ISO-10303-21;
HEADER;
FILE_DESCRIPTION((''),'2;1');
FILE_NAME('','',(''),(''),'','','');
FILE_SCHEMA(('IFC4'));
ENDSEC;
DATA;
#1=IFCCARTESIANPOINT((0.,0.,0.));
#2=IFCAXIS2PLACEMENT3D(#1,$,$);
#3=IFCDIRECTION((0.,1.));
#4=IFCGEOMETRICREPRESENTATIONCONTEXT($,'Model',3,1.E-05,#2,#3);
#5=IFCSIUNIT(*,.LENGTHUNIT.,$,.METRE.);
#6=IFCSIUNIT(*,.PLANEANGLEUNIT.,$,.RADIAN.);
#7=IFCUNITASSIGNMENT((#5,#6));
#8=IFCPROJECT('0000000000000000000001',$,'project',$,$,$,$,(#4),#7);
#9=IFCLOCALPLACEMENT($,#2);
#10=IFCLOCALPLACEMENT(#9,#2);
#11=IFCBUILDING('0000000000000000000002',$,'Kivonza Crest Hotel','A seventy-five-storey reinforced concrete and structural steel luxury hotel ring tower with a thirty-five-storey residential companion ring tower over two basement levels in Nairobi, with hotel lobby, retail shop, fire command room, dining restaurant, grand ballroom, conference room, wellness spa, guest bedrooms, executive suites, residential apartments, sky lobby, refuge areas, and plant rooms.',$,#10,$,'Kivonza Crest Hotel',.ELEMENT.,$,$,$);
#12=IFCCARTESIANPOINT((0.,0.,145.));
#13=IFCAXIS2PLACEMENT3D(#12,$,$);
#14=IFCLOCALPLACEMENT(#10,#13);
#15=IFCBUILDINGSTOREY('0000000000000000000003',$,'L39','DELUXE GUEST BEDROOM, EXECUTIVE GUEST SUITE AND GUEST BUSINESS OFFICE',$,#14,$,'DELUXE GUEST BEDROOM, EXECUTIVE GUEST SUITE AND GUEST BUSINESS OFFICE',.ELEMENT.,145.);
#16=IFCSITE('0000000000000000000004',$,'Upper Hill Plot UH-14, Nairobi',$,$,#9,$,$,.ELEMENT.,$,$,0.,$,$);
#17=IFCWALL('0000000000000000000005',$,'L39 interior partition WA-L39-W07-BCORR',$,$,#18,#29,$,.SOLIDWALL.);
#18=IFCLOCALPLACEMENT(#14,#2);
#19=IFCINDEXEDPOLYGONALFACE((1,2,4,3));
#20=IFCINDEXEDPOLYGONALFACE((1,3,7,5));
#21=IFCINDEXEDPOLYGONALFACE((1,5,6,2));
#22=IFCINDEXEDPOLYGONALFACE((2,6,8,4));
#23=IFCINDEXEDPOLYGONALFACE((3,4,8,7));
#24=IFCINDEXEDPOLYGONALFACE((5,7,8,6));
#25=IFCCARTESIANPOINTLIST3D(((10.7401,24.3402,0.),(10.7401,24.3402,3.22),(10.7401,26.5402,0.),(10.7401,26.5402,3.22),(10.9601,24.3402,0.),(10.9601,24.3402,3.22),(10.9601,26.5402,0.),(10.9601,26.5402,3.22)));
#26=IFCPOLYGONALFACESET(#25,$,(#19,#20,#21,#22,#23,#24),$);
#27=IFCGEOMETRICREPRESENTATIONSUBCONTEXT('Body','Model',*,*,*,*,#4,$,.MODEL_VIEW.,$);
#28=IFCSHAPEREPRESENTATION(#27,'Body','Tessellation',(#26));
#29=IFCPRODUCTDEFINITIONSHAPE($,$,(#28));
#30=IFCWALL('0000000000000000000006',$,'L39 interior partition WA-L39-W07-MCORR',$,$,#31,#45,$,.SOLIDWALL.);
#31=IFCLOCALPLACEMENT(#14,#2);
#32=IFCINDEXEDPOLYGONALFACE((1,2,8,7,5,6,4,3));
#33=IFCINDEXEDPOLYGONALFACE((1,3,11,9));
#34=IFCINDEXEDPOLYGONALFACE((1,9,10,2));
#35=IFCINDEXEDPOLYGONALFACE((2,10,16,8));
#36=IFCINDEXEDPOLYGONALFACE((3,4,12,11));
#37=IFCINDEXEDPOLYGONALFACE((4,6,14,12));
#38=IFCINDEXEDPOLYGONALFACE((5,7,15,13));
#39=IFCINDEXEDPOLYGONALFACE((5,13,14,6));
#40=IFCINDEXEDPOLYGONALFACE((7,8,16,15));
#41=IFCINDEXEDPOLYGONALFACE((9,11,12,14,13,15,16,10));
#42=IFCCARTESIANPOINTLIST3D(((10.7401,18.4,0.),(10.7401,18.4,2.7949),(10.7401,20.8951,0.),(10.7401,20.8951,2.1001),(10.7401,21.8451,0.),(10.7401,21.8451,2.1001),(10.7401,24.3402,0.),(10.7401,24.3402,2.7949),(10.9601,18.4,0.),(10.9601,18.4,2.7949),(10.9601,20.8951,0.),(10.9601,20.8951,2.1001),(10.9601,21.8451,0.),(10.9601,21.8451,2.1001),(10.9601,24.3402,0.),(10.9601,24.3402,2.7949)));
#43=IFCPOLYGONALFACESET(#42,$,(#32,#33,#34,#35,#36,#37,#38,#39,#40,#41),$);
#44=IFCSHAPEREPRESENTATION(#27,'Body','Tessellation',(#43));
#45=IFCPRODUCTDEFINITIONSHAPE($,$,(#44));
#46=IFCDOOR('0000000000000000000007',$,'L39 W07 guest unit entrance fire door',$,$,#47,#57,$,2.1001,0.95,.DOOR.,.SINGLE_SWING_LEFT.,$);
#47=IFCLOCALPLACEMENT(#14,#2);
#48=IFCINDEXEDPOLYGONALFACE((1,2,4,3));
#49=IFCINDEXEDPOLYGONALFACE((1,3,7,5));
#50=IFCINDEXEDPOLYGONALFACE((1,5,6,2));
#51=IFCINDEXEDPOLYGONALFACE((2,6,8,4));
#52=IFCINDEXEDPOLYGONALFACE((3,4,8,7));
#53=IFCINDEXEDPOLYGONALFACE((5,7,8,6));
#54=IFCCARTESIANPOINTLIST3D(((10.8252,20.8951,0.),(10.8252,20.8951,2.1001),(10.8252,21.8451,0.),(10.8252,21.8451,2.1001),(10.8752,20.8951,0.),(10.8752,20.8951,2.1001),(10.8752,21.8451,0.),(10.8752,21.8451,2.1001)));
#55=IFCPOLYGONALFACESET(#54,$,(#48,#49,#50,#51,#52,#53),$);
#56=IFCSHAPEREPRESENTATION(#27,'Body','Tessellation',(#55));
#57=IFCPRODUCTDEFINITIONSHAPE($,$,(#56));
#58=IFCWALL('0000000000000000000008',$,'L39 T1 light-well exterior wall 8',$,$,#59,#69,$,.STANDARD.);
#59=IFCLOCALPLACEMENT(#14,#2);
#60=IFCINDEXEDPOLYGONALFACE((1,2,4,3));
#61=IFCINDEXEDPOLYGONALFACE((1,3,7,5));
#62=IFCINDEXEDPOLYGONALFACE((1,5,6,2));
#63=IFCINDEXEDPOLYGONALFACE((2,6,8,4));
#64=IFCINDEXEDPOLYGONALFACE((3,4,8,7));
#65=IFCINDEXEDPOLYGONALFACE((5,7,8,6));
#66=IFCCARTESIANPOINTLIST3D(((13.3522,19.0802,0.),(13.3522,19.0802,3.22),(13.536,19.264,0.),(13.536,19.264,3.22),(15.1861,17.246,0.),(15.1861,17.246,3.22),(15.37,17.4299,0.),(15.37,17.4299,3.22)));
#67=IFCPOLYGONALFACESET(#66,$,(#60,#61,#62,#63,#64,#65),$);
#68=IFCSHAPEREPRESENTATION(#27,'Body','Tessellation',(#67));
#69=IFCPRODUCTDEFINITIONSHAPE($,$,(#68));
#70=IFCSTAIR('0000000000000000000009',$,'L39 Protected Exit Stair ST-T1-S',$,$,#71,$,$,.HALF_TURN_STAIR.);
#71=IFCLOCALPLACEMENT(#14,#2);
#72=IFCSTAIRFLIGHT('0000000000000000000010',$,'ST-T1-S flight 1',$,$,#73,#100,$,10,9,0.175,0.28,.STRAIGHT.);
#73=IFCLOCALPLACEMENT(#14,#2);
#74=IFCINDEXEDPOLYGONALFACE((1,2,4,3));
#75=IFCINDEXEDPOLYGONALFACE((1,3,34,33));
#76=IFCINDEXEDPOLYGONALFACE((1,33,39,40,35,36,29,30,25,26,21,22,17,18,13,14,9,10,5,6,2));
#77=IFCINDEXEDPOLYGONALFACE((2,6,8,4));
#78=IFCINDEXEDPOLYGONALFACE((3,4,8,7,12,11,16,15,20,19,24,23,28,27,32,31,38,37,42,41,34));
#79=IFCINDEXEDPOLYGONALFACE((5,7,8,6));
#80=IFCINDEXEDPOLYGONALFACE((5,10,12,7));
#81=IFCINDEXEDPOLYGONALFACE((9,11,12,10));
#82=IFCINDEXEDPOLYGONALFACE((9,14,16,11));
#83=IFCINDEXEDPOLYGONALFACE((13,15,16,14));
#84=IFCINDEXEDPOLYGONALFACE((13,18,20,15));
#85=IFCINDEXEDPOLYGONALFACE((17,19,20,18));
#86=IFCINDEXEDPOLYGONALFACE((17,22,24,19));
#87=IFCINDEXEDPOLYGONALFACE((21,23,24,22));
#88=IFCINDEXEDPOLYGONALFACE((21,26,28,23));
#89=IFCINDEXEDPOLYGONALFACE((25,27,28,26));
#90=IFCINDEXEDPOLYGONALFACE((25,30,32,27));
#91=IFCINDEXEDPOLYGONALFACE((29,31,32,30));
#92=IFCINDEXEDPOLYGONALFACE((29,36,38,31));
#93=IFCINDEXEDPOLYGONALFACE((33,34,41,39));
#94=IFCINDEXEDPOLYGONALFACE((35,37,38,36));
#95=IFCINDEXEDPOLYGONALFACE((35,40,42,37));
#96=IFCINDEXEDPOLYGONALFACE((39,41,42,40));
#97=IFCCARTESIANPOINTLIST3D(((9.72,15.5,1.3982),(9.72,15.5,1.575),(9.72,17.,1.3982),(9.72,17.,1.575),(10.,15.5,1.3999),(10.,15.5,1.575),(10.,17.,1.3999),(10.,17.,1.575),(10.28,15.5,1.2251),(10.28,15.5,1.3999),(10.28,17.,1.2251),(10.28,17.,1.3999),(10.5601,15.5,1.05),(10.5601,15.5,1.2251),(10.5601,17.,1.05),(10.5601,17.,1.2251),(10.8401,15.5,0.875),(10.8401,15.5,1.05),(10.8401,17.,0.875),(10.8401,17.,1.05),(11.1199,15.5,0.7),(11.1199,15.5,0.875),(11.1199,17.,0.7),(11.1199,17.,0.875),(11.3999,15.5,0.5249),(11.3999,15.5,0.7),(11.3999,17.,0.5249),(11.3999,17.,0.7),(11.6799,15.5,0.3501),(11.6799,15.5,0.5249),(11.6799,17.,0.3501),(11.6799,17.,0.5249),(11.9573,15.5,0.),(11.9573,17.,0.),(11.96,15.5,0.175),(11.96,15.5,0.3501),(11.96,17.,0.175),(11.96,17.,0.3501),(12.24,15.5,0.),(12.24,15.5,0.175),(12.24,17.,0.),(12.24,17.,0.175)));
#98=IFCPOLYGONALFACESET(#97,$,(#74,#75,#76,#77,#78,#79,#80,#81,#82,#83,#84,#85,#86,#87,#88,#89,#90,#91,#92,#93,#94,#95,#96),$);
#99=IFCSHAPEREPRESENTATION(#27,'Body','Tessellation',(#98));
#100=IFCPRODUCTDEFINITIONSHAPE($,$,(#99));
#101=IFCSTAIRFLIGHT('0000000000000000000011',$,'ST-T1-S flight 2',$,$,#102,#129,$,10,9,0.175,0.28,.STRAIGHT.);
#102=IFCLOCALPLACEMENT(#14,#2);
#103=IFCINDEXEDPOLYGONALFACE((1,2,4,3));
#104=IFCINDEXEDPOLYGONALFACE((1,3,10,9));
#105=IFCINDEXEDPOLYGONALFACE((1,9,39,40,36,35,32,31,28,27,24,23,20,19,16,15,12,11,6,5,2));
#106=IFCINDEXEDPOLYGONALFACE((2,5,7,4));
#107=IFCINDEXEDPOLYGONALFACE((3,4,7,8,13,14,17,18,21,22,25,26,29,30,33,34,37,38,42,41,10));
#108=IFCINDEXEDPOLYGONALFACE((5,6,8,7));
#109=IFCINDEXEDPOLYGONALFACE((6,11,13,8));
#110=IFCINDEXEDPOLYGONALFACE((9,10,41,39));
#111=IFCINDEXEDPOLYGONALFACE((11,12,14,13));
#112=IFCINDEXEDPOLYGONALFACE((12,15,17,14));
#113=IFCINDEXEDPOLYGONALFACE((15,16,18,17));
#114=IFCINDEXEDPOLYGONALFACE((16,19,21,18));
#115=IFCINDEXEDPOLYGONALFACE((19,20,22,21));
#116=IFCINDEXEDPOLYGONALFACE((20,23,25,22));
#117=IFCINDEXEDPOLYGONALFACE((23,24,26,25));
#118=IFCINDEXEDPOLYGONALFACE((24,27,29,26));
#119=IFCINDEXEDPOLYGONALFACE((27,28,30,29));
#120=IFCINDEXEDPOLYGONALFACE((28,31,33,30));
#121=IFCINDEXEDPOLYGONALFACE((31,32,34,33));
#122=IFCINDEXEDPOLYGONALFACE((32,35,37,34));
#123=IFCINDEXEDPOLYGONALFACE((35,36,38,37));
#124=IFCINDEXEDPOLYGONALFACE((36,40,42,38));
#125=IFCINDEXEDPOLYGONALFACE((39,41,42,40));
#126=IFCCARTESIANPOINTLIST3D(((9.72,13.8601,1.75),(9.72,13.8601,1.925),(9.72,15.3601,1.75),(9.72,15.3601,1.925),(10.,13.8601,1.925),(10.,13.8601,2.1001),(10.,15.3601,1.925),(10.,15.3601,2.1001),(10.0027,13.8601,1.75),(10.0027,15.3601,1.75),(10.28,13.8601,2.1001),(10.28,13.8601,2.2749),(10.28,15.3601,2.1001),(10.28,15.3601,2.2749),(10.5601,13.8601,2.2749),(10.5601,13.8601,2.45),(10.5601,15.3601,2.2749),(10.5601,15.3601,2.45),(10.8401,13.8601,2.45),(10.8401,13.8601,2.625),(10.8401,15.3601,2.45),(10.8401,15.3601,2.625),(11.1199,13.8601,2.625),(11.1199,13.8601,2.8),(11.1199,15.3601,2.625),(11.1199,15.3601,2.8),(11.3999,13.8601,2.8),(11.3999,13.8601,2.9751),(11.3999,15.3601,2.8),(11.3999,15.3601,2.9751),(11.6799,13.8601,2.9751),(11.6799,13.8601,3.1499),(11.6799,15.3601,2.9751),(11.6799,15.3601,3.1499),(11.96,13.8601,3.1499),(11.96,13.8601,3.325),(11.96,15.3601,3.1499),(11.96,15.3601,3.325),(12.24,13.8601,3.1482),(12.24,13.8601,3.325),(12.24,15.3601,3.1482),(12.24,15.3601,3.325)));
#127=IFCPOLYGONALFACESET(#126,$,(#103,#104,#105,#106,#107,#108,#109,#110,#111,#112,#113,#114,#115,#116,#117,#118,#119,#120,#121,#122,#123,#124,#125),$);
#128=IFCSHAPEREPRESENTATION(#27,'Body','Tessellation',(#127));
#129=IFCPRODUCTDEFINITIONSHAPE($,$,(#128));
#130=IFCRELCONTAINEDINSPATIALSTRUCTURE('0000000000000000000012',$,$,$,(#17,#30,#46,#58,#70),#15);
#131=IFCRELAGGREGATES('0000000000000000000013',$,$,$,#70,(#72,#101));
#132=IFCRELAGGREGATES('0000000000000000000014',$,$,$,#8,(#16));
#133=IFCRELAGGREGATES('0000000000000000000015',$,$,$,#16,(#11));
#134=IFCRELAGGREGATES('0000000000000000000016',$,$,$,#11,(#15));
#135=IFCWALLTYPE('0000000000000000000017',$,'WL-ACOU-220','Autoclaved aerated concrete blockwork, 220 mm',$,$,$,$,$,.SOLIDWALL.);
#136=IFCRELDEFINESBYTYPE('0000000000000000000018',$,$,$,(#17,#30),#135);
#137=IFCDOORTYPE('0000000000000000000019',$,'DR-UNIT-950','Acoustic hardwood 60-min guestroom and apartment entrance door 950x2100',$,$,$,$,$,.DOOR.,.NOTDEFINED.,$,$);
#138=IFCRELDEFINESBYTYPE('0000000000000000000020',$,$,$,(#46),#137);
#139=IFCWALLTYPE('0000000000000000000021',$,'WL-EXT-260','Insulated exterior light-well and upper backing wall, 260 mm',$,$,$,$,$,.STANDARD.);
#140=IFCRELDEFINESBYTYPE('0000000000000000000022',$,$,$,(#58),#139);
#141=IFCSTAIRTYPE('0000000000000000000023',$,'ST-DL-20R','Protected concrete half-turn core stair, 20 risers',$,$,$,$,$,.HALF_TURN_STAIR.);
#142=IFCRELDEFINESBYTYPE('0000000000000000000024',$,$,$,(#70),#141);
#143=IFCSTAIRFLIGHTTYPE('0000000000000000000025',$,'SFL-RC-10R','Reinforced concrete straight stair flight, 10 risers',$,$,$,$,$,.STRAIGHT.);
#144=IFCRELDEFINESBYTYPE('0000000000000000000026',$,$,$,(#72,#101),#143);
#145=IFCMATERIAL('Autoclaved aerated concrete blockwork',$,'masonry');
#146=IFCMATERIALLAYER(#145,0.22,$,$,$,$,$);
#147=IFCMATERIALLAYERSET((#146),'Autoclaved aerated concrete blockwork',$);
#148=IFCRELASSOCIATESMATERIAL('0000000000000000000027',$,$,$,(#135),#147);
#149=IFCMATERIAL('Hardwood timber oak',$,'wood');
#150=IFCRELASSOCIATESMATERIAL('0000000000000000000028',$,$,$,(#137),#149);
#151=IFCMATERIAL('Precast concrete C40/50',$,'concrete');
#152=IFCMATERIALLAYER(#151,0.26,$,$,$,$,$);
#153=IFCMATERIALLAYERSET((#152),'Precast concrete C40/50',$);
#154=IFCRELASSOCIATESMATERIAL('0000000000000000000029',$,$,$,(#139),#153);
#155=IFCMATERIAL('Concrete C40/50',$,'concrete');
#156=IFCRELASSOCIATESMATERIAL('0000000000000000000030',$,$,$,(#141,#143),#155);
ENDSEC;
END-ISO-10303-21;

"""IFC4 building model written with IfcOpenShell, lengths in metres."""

from ifc_helpers import new_model, si_unit, direction, frame, frame_2d, origin, place, context, subcontext, project, spatial, polyline, rectangle, outline, extrude, material, layer, layer_set, type_object, element, fill, aggregate, save


model = new_model("IFC4")

# Units and contexts
model_context = context("Model", 3, precision=1e-05, world=origin(), true_north=direction((0.0, 1.0)))
body_context = subcontext(model_context, "Body", "Model", "MODEL_VIEW")
ifc_project = project(units=[si_unit("LENGTHUNIT", "METRE"), si_unit("PLANEANGLEUNIT", "RADIAN")], contexts=[model_context])

# Site, building, storey
site_placement = place(None, origin())
site = spatial("IfcSite", under=ifc_project, at=site_placement, Name="Upper Hill Plot UH-14, Nairobi", CompositionType="ELEMENT", RefElevation=0.0)
building_placement = place(site_placement, origin())
building = spatial("IfcBuilding", under=site, at=building_placement, Name="Kivonza Crest Hotel", Description="A seventy-five-storey reinforced concrete and structural steel luxury hotel ring tower with a thirty-five-storey residential companion ring tower over two basement levels in Nairobi, with hotel lobby, retail shop, fire command room, dining restaurant, grand ballroom, conference room, wellness spa, guest bedrooms, executive suites, residential apartments, sky lobby, refuge areas, and plant rooms.", LongName="Kivonza Crest Hotel", CompositionType="ELEMENT")
storey_placement = place(building_placement, frame((0.0, 0.0, 145.0)))
storey = spatial("IfcBuildingStorey", under=building, at=storey_placement, Name="L39", Description="DELUXE GUEST BEDROOM, EXECUTIVE GUEST SUITE AND GUEST BUSINESS OFFICE", LongName="DELUXE GUEST BEDROOM, EXECUTIVE GUEST SUITE AND GUEST BUSINESS OFFICE", CompositionType="ELEMENT", Elevation=145.0)

# Shared definitions
ifc_material_1 = material(Name="Autoclaved aerated concrete blockwork", Category="masonry")
ifc_layer_1 = layer(ifc_material_1, 0.22)
ifc_layer_set_1 = layer_set([ifc_layer_1], Name="Autoclaved aerated concrete blockwork")
wall_type_1 = type_object("IfcWallType", Name="WL-ACOU-220", Description="Autoclaved aerated concrete blockwork, 220 mm", PredefinedType="SOLIDWALL", material=ifc_layer_set_1)
ifc_material_2 = material(Name="Hardwood timber oak", Category="wood")
door_type_1 = type_object("IfcDoorType", Name="DR-UNIT-950", Description="Acoustic hardwood 60-min guestroom and apartment entrance door 950x2100", OperationType="NOTDEFINED", PredefinedType="DOOR", material=ifc_material_2)

# Wall
wall_1_placement = place(storey_placement, frame((10.8501, 24.3401, 0.0), z_axis=(0.0, 0.0, 1.0), x_axis=(0.0, 1.0, 0.0)))
element("IfcWall", 1, at=wall_1_placement, inside=storey, type_object=wall_type_1, Name="L39 interior partition WA-L39-W07-BCORR", PredefinedType="SOLIDWALL", context=body_context, shape_type="SweptSolid", body=[
    extrude(rectangle(XDim=2.2, YDim=0.22, at=frame_2d((1.1001, 0.0))), origin(), (0.0, 0.0, 1.0), 3.22),
])

# Wall, opening, door
wall_2_placement = place(storey_placement, frame((10.8501, 18.3999, 0.0), z_axis=(0.0, 0.0, 1.0), x_axis=(0.0, 1.0, 0.0)))
wall_2 = element("IfcWall", 2, at=wall_2_placement, inside=storey, type_object=wall_type_1, Name="L39 interior partition WA-L39-W07-MCORR", PredefinedType="SOLIDWALL", context=body_context, shape_type="SweptSolid", body=[
    extrude(rectangle(XDim=5.9402, YDim=0.22, at=frame_2d((2.9702, 0.0))), origin(), (0.0, 0.0, 1.0), 2.7949),
])
opening_1_placement = place(wall_2_placement, frame((2.4951, 0.0, 0.0)))
opening_1 = element("IfcOpeningElement", 3, at=opening_1_placement, cuts=wall_2, PredefinedType="OPENING", context=body_context, shape_type="SweptSolid", body=[
    extrude(rectangle(XDim=0.95, YDim=2.1001, at=frame_2d((0.4751, 1.05))), frame((0.0, 0.1201, 0.0), z_axis=(0.0, -1.0, 0.0), x_axis=(1.0, 0.0, 0.0)), (0.0, 0.0, 1.0), 0.24),
])
door_1_placement = place(opening_1_placement, origin())
door_1 = element("IfcDoor", 4, at=door_1_placement, inside=storey, type_object=door_type_1, Name="L39 W07 guest unit entrance fire door", OperationType="SINGLE_SWING_LEFT", OverallHeight=2.1001, OverallWidth=0.95, PredefinedType="DOOR", context=body_context, shape_type="SweptSolid", body=[
    extrude(rectangle(XDim=0.95, YDim=2.1001, at=frame_2d((0.4751, 1.05))), frame((0.0, 0.0249, 0.0), z_axis=(0.0, -1.0, 0.0), x_axis=(1.0, 0.0, 0.0)), (0.0, 0.0, 1.0), 0.05),
])
fill(opening_1, door_1)

# Wall
ifc_material_3 = material(Name="Precast concrete C40/50", Category="concrete")
ifc_layer_2 = layer(ifc_material_3, 0.26)
ifc_layer_set_2 = layer_set([ifc_layer_2], Name="Precast concrete C40/50")
wall_type_2 = type_object("IfcWallType", Name="WL-EXT-260", Description="Insulated exterior light-well and upper backing wall, 260 mm", PredefinedType="STANDARD", material=ifc_layer_set_2)
wall_3_placement = place(storey_placement, frame((13.4441, 19.1721, 0.0), z_axis=(0.0, 0.0, 1.0), x_axis=(0.70706, -0.707154, 0.0)))
element("IfcWall", 5, at=wall_3_placement, inside=storey, type_object=wall_type_2, Name="L39 T1 light-well exterior wall 8", PredefinedType="STANDARD", context=body_context, shape_type="SweptSolid", body=[
    extrude(rectangle(XDim=2.5938, YDim=0.26, at=frame_2d((1.2969, 0.0))), origin(), (0.0, 0.0, 1.0), 3.22),
])

# Stair, stair flights
ifc_material_4 = material(Name="Concrete C40/50", Category="concrete")
stair_type = type_object("IfcStairType", Name="ST-DL-20R", Description="Protected concrete half-turn core stair, 20 risers", PredefinedType="HALF_TURN_STAIR", material=ifc_material_4)
stair_placement = place(storey_placement, origin())
stair = element("IfcStair", 6, at=stair_placement, inside=storey, type_object=stair_type, Name="L39 Protected Exit Stair ST-T1-S", PredefinedType="HALF_TURN_STAIR")
stair_flight_type = type_object("IfcStairFlightType", Name="SFL-RC-10R", Description="Reinforced concrete straight stair flight, 10 risers", PredefinedType="STRAIGHT", material=ifc_material_4)
stair_flight_1_placement = place(storey_placement, frame((12.24, 16.25, 0.0), z_axis=(0.0, 0.0, 1.0), x_axis=(-1.0, 0.0, 0.0)))
stair_flight_1 = element("IfcStairFlight", 7, at=stair_flight_1_placement, type_object=stair_flight_type, Name="ST-T1-S flight 1", NumberOfRisers=10, NumberOfTreads=9, PredefinedType="STRAIGHT", RiserHeight=0.175, TreadLength=0.28, context=body_context, shape_type="SweptSolid", body=[
    extrude(outline(polyline([(0.0, 0.0), (0.0, 0.175), (0.28, 0.175), (0.28, 0.3501), (0.5601, 0.3501), (0.5601, 0.5249), (0.8401, 0.5249), (0.8401, 0.7), (1.1201, 0.7), (1.1201, 0.875), (1.3999, 0.875), (1.3999, 1.05), (1.6799, 1.05), (1.6799, 1.2251), (1.96, 1.2251), (1.96, 1.3999), (2.24, 1.3999), (2.24, 1.575), (2.52, 1.575), (2.52, 1.75), (2.52, 1.3982), (0.2827, 0.0), (0.0, 0.0)])), frame((0.0, 0.75, 0.0), z_axis=(0.0, -1.0, 0.0), x_axis=(1.0, 0.0, 0.0)), (0.0, 0.0, 1.0), 1.5),
])
stair_flight_2_placement = place(storey_placement, frame((9.72, 14.6101, 1.75), z_axis=(0.0, 0.0, 1.0), x_axis=(1.0, 0.0, 0.0)))
stair_flight_2 = element("IfcStairFlight", 8, at=stair_flight_2_placement, type_object=stair_flight_type, Name="ST-T1-S flight 2", NumberOfRisers=10, NumberOfTreads=9, PredefinedType="STRAIGHT", RiserHeight=0.175, TreadLength=0.28, context=body_context, shape_type="SweptSolid", body=[
    extrude(outline(polyline([(0.0, 0.0), (0.0, 0.175), (0.28, 0.175), (0.28, 0.3501), (0.5601, 0.3501), (0.5601, 0.5249), (0.8401, 0.5249), (0.8401, 0.7), (1.1201, 0.7), (1.1201, 0.875), (1.3999, 0.875), (1.3999, 1.05), (1.6799, 1.05), (1.6799, 1.2251), (1.96, 1.2251), (1.96, 1.3999), (2.24, 1.3999), (2.24, 1.575), (2.52, 1.575), (2.52, 1.75), (2.52, 1.3982), (0.2827, 0.0), (0.0, 0.0)])), frame((0.0, 0.75, 0.0), z_axis=(0.0, -1.0, 0.0), x_axis=(1.0, 0.0, 0.0)), (0.0, 0.0, 1.0), 1.5),
])
aggregate(stair, [stair_flight_1, stair_flight_2])

save(model, "model.ifc")
